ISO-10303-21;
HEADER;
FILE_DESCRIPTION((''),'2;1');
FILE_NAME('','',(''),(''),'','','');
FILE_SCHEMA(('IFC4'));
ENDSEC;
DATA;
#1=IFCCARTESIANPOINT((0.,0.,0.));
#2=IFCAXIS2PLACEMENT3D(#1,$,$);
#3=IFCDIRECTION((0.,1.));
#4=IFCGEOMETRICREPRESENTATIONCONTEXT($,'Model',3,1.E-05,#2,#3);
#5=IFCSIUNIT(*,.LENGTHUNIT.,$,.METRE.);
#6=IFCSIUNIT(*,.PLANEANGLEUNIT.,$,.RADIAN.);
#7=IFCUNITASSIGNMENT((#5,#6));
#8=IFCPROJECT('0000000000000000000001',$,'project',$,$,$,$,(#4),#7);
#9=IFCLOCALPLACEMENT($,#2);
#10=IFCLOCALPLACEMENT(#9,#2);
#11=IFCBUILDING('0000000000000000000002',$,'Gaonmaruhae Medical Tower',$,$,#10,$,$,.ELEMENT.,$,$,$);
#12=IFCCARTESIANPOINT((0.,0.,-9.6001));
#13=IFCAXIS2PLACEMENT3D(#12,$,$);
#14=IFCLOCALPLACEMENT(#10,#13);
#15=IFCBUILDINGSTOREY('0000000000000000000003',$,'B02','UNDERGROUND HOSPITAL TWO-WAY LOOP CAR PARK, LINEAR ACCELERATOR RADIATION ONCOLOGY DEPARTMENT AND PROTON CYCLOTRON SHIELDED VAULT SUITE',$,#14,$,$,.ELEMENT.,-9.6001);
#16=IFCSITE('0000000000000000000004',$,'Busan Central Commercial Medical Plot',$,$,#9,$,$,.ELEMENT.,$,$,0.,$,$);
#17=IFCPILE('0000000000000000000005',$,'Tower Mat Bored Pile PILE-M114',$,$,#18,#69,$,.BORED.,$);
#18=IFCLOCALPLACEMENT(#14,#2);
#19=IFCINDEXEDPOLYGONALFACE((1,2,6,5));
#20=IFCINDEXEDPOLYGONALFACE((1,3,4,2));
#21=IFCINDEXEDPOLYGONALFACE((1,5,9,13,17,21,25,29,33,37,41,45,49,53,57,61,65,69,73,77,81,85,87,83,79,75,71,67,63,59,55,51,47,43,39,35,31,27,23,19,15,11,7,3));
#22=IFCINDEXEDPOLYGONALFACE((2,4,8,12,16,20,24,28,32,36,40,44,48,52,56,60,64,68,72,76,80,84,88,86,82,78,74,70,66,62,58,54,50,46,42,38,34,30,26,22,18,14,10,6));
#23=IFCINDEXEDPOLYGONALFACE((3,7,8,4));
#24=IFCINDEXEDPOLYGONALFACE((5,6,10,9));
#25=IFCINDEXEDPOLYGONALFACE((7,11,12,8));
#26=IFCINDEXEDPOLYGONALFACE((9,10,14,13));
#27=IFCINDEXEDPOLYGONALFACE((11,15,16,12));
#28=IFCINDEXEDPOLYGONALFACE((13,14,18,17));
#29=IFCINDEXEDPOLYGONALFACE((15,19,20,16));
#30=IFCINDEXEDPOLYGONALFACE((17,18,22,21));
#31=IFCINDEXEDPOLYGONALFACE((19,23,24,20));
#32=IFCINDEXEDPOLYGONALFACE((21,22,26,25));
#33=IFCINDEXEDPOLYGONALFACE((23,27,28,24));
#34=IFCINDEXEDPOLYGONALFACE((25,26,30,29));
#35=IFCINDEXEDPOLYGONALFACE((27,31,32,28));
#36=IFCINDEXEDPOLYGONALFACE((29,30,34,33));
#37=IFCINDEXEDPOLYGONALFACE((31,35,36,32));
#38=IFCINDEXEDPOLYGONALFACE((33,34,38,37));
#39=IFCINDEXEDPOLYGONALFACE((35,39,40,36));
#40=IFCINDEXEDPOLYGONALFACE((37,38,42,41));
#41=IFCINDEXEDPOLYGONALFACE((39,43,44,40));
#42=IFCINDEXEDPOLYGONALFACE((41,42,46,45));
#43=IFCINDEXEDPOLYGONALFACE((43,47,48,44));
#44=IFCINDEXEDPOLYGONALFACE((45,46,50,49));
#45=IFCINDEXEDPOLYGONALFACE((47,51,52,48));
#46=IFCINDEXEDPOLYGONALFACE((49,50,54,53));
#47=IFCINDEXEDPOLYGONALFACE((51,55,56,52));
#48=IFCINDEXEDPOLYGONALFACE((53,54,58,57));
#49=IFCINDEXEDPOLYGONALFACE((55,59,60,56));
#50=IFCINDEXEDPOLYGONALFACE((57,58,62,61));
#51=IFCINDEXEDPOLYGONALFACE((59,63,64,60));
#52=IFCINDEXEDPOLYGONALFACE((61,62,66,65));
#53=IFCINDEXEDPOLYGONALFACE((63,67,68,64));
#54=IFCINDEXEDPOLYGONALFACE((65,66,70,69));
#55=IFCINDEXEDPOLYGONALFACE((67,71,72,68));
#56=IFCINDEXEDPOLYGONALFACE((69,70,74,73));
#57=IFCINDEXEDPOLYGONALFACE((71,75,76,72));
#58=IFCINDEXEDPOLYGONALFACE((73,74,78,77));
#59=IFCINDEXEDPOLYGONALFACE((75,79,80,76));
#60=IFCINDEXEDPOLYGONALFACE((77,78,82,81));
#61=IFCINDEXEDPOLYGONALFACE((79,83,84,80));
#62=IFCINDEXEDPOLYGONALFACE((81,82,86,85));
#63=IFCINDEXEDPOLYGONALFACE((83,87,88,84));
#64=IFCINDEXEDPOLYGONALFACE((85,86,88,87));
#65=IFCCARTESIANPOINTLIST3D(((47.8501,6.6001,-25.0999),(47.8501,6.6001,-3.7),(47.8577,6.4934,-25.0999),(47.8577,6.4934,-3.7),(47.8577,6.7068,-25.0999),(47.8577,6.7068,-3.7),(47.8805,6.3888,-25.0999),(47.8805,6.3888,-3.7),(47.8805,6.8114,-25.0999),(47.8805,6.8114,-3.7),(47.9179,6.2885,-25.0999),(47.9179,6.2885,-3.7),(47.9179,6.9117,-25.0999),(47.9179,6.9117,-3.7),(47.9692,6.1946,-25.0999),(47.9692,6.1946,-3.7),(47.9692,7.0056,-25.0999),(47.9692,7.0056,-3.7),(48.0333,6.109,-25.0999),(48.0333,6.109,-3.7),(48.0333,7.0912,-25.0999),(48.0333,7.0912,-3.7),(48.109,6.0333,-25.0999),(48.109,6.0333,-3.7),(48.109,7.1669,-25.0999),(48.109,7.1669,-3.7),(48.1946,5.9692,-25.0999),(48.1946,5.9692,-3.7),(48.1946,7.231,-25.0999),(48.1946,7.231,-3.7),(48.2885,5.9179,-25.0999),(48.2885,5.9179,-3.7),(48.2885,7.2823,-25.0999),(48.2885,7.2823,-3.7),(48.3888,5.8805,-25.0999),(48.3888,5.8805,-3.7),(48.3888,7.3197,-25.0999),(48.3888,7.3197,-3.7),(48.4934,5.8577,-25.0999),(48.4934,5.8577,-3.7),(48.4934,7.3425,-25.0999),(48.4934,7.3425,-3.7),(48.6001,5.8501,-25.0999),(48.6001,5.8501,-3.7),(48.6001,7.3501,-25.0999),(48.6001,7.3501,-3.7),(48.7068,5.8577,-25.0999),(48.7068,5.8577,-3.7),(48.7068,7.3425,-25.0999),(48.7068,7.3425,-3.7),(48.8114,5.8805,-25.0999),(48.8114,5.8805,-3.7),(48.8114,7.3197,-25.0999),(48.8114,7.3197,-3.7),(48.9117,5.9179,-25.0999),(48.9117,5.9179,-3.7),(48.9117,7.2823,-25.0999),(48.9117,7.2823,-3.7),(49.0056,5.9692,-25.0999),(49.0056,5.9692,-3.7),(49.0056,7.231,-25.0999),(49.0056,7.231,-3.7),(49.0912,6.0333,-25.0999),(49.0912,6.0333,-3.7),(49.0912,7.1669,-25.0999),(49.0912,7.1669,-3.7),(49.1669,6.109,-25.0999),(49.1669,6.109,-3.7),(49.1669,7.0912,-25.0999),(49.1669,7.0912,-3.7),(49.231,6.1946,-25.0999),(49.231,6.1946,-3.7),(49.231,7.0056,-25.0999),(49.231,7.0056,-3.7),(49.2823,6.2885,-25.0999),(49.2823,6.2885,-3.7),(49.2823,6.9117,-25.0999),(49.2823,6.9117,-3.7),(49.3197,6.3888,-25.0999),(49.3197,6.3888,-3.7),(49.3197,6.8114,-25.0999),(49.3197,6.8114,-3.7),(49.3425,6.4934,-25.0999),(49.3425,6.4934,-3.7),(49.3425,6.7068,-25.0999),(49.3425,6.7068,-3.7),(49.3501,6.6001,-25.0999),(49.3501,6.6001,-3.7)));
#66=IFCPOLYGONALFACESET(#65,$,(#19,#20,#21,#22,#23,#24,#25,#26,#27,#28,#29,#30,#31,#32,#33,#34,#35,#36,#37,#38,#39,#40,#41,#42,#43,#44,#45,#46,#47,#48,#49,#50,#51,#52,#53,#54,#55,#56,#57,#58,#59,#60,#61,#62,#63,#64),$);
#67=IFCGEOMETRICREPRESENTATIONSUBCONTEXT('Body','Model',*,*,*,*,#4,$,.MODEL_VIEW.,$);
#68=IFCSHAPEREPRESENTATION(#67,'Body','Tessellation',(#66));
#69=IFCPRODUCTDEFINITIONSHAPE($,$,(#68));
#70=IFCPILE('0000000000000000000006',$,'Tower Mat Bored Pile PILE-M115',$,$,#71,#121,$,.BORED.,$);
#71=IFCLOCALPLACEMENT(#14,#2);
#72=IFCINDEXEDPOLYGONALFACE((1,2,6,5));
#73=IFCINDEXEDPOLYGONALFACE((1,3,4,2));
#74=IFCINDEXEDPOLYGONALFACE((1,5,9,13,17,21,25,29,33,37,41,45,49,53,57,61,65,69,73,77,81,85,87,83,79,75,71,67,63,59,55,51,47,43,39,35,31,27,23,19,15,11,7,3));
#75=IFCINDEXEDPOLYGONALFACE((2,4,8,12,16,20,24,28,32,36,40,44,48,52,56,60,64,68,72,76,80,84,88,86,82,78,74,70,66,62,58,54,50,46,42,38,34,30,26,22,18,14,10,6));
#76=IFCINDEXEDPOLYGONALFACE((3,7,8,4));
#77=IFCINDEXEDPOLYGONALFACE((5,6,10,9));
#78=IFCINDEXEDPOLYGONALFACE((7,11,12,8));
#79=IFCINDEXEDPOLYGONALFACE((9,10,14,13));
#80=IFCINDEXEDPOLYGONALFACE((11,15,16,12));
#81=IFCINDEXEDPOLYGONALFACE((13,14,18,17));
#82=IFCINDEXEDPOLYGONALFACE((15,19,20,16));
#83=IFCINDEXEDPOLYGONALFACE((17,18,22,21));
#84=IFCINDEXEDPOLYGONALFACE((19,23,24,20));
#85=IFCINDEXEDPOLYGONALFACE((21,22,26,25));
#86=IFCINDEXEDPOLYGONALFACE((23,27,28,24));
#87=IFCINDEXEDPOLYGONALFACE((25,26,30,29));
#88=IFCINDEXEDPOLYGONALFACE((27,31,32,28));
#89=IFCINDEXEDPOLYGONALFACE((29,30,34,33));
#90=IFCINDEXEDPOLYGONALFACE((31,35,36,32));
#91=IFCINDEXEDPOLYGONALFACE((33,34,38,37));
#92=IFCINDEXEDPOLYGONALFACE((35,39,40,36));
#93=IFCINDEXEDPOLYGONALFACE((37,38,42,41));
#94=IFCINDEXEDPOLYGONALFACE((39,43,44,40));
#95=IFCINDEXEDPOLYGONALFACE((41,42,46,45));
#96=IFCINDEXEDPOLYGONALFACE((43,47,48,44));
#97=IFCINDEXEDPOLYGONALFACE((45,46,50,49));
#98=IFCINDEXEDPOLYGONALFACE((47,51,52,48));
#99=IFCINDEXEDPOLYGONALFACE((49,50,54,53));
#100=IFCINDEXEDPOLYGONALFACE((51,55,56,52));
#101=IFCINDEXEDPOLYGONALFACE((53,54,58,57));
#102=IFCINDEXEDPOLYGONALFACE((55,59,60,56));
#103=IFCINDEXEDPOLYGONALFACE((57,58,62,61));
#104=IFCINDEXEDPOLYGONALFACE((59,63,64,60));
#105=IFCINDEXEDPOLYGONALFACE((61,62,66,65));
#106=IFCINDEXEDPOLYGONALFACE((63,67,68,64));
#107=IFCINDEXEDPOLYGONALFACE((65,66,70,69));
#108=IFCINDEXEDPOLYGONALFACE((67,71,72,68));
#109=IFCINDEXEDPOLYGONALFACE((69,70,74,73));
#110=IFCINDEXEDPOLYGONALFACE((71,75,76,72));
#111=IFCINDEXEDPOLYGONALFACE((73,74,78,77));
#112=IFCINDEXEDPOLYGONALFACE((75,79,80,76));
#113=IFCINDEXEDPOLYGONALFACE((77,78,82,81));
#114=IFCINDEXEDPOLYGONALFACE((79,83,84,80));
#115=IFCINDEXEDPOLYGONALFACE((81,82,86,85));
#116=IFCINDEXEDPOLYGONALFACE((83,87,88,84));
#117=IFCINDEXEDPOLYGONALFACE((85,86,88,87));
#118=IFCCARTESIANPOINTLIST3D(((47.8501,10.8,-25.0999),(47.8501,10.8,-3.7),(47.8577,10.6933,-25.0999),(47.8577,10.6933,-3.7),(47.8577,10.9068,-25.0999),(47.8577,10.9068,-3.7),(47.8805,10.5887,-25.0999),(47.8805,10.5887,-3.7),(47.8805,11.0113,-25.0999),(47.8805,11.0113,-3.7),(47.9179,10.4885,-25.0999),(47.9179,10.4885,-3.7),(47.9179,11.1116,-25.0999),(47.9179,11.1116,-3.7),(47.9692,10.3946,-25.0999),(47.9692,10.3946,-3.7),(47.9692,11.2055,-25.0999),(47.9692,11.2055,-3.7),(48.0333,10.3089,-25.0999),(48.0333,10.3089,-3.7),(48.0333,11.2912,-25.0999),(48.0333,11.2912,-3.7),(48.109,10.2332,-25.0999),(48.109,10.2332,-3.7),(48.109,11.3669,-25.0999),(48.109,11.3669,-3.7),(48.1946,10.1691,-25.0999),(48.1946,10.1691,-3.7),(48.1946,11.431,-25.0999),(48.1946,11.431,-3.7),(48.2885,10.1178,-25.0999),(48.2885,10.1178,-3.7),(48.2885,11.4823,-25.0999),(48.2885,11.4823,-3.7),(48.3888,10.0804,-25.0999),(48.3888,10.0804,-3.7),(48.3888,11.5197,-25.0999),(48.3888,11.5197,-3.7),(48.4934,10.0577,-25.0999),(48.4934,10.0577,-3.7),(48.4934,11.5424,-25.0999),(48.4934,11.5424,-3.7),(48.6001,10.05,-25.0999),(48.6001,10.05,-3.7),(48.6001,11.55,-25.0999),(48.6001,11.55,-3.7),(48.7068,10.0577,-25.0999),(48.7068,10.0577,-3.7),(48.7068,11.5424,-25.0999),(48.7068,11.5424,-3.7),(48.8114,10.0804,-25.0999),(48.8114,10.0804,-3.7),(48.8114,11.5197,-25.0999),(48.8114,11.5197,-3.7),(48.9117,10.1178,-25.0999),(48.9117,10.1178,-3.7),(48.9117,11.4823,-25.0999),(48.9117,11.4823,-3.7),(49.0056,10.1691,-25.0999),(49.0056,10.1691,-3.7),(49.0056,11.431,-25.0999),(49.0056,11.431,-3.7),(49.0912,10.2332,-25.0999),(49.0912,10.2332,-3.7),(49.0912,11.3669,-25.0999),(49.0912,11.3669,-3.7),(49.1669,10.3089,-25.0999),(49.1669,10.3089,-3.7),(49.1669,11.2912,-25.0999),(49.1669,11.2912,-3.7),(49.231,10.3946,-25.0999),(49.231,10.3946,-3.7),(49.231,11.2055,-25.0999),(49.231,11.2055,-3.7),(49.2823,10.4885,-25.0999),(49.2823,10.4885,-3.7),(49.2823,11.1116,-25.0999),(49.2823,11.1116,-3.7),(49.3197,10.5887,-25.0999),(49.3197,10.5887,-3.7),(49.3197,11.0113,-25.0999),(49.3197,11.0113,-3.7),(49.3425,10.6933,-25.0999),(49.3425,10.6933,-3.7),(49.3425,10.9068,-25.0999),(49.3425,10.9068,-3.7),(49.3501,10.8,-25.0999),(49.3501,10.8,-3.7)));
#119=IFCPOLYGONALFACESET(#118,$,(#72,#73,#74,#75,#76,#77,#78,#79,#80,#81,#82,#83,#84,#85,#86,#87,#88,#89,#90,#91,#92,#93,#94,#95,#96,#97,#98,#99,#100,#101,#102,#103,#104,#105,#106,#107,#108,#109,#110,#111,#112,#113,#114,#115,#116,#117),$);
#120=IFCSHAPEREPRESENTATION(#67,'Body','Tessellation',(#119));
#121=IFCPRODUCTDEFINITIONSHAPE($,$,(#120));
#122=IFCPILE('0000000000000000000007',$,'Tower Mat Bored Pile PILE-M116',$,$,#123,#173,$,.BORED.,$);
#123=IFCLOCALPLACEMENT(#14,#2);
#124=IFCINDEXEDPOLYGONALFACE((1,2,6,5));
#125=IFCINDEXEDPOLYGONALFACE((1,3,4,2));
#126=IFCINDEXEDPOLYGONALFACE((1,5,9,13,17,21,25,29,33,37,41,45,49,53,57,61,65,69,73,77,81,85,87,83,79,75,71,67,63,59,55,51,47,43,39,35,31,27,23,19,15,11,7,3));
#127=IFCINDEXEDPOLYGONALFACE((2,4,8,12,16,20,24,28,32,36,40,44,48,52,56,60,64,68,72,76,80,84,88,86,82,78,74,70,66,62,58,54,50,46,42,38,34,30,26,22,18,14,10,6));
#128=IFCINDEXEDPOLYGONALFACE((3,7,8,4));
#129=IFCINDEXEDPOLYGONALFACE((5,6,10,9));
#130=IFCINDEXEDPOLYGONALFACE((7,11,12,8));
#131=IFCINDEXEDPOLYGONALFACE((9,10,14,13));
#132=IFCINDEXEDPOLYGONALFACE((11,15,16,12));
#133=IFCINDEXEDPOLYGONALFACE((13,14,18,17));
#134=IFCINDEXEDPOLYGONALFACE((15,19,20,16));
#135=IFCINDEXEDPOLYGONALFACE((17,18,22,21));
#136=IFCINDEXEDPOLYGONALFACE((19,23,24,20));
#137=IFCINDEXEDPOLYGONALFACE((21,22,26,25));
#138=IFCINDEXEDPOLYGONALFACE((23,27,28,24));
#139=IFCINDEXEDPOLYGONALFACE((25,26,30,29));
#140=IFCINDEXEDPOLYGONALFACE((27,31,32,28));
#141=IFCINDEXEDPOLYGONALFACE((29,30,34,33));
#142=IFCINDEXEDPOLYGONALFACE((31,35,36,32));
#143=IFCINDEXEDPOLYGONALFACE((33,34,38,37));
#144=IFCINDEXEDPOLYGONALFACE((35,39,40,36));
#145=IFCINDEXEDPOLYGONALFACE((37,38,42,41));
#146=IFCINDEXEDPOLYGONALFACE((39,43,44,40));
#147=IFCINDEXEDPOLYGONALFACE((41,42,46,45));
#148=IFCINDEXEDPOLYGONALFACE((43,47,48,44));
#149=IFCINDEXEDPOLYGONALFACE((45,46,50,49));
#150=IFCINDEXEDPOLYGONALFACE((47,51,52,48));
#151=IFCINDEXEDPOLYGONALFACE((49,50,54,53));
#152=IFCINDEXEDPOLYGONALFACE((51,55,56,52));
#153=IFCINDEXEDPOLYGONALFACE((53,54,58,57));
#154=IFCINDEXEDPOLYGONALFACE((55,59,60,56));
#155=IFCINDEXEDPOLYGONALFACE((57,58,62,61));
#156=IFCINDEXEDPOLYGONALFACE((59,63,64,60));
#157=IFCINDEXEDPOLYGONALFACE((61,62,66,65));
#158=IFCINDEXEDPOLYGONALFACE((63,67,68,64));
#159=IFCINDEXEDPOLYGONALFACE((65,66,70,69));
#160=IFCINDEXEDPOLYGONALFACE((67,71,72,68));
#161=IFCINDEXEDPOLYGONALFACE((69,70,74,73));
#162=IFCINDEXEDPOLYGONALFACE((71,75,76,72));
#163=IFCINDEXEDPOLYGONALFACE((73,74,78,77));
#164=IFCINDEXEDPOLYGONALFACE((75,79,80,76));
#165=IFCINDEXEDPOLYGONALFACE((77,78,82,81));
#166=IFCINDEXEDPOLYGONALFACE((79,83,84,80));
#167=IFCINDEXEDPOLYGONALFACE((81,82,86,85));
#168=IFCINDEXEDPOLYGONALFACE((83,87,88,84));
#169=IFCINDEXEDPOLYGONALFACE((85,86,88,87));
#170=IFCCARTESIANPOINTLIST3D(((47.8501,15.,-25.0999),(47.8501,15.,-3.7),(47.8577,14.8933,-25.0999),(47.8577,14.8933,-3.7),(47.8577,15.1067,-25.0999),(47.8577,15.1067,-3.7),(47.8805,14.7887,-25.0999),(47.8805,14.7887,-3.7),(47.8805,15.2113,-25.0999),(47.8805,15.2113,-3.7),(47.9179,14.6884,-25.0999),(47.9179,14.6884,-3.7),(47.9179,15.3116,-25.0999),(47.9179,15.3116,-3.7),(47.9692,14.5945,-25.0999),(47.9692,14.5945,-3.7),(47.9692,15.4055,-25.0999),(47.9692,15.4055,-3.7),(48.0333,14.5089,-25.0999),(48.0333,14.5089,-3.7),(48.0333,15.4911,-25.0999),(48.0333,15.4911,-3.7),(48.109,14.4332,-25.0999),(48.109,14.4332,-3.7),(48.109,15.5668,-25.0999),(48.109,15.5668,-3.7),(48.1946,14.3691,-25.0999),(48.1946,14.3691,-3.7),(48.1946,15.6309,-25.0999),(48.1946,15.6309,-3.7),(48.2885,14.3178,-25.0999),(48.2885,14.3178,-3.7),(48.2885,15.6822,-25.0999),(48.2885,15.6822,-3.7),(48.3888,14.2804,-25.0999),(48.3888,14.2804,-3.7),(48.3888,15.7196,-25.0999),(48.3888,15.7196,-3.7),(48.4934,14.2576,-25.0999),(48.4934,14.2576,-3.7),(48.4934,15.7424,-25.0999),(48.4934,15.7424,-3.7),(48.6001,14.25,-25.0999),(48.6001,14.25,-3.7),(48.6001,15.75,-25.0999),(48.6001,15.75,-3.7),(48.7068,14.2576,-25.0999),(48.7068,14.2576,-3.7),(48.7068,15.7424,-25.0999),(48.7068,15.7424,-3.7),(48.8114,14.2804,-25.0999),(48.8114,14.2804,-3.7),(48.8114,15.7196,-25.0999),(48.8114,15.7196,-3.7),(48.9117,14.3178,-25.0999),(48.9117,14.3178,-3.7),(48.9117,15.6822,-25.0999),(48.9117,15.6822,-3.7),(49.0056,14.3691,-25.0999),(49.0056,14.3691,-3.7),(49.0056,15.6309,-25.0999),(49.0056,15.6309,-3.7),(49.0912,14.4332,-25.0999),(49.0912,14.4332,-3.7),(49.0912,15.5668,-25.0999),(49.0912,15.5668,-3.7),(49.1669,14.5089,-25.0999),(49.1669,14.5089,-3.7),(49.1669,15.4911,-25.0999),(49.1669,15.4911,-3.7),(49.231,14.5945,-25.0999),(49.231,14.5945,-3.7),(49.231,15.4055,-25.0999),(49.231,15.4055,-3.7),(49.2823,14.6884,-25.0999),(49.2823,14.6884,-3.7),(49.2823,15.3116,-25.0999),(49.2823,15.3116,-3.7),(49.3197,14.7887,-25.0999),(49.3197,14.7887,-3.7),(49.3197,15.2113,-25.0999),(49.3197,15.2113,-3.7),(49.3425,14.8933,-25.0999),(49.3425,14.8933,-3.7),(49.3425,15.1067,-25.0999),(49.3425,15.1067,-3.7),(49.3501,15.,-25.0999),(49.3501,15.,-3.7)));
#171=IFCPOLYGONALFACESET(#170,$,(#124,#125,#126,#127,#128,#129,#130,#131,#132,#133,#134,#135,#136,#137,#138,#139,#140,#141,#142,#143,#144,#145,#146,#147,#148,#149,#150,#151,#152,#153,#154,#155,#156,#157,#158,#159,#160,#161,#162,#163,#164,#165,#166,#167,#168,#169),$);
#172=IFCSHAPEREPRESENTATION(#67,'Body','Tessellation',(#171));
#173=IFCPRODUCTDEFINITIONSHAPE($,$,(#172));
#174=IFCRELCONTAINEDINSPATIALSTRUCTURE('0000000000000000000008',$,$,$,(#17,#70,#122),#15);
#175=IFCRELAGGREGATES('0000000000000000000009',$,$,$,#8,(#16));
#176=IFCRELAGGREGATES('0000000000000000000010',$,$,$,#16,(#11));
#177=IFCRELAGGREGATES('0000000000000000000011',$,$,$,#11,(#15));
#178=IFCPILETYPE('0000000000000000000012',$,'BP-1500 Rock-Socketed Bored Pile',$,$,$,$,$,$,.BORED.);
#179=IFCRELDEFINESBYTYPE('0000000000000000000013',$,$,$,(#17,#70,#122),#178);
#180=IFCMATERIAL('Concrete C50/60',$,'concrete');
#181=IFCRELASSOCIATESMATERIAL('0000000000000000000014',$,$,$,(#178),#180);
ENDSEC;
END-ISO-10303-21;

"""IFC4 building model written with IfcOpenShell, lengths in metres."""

from ifc_helpers import new_model, si_unit, direction, frame, origin, origin_2d, place, context, subcontext, project, spatial, circle, extrude, material, material_profile, profile_set, type_object, element, save


model = new_model("IFC4")

# Units and contexts
model_context = context("Model", 3, precision=1e-05, world=origin(), true_north=direction((0.0, 1.0)))
body_context = subcontext(model_context, "Body", "Model", "MODEL_VIEW")
ifc_project = project(units=[si_unit("LENGTHUNIT", "METRE"), si_unit("PLANEANGLEUNIT", "RADIAN")], contexts=[model_context])

# Site, building, storey
site_placement = place(None, origin())
site = spatial("IfcSite", under=ifc_project, at=site_placement, Name="Busan Central Commercial Medical Plot", CompositionType="ELEMENT", RefElevation=0.0)
building_placement = place(site_placement, origin())
building = spatial("IfcBuilding", under=site, at=building_placement, Name="Gaonmaruhae Medical Tower", CompositionType="ELEMENT")
storey_placement = place(building_placement, frame((0.0, 0.0, -9.6001)))
storey = spatial("IfcBuildingStorey", under=building, at=storey_placement, Name="B02", Description="UNDERGROUND HOSPITAL TWO-WAY LOOP CAR PARK, LINEAR ACCELERATOR RADIATION ONCOLOGY DEPARTMENT AND PROTON CYCLOTRON SHIELDED VAULT SUITE", CompositionType="ELEMENT", Elevation=-9.6001)

# Piles
ifc_material_1 = material(Name="Concrete C50/60", Category="concrete")
ifc_material_profile_1 = material_profile(ifc_material_1, circle(Radius=0.75, at=origin_2d()), Name="PILE-D1500")
ifc_profile_set_1 = profile_set([ifc_material_profile_1], Name="Concrete C50/60")
pile_type = type_object("IfcPileType", Name="BP-1500 Rock-Socketed Bored Pile", PredefinedType="BORED", material=ifc_profile_set_1)
for number, where, z_axis, x_axis, name in (
    (1, (48.6001, 6.6001, -3.7), (0.0, 0.0, -1.0), (1.0, 0.0, 0.0), "Tower Mat Bored Pile PILE-M114"),
    (2, (48.6001, 10.8, -3.7), (0.0, 0.0, -1.0), (1.0, 0.0, 0.0), "Tower Mat Bored Pile PILE-M115"),
    (3, (48.6001, 15.0, -3.7), (0.0, 0.0, -1.0), (1.0, 0.0, 0.0), "Tower Mat Bored Pile PILE-M116"),
):
    element("IfcPile", number, at=place(storey_placement, frame(where, z_axis=z_axis, x_axis=x_axis)), inside=storey, type_object=pile_type, Name=name, PredefinedType="BORED", context=body_context, shape_type="SweptSolid", body=[
        extrude(circle(Radius=0.75, at=origin_2d()), origin(), (0.0, 0.0, 1.0), 21.3999),
    ])

save(model, "model.ifc")
